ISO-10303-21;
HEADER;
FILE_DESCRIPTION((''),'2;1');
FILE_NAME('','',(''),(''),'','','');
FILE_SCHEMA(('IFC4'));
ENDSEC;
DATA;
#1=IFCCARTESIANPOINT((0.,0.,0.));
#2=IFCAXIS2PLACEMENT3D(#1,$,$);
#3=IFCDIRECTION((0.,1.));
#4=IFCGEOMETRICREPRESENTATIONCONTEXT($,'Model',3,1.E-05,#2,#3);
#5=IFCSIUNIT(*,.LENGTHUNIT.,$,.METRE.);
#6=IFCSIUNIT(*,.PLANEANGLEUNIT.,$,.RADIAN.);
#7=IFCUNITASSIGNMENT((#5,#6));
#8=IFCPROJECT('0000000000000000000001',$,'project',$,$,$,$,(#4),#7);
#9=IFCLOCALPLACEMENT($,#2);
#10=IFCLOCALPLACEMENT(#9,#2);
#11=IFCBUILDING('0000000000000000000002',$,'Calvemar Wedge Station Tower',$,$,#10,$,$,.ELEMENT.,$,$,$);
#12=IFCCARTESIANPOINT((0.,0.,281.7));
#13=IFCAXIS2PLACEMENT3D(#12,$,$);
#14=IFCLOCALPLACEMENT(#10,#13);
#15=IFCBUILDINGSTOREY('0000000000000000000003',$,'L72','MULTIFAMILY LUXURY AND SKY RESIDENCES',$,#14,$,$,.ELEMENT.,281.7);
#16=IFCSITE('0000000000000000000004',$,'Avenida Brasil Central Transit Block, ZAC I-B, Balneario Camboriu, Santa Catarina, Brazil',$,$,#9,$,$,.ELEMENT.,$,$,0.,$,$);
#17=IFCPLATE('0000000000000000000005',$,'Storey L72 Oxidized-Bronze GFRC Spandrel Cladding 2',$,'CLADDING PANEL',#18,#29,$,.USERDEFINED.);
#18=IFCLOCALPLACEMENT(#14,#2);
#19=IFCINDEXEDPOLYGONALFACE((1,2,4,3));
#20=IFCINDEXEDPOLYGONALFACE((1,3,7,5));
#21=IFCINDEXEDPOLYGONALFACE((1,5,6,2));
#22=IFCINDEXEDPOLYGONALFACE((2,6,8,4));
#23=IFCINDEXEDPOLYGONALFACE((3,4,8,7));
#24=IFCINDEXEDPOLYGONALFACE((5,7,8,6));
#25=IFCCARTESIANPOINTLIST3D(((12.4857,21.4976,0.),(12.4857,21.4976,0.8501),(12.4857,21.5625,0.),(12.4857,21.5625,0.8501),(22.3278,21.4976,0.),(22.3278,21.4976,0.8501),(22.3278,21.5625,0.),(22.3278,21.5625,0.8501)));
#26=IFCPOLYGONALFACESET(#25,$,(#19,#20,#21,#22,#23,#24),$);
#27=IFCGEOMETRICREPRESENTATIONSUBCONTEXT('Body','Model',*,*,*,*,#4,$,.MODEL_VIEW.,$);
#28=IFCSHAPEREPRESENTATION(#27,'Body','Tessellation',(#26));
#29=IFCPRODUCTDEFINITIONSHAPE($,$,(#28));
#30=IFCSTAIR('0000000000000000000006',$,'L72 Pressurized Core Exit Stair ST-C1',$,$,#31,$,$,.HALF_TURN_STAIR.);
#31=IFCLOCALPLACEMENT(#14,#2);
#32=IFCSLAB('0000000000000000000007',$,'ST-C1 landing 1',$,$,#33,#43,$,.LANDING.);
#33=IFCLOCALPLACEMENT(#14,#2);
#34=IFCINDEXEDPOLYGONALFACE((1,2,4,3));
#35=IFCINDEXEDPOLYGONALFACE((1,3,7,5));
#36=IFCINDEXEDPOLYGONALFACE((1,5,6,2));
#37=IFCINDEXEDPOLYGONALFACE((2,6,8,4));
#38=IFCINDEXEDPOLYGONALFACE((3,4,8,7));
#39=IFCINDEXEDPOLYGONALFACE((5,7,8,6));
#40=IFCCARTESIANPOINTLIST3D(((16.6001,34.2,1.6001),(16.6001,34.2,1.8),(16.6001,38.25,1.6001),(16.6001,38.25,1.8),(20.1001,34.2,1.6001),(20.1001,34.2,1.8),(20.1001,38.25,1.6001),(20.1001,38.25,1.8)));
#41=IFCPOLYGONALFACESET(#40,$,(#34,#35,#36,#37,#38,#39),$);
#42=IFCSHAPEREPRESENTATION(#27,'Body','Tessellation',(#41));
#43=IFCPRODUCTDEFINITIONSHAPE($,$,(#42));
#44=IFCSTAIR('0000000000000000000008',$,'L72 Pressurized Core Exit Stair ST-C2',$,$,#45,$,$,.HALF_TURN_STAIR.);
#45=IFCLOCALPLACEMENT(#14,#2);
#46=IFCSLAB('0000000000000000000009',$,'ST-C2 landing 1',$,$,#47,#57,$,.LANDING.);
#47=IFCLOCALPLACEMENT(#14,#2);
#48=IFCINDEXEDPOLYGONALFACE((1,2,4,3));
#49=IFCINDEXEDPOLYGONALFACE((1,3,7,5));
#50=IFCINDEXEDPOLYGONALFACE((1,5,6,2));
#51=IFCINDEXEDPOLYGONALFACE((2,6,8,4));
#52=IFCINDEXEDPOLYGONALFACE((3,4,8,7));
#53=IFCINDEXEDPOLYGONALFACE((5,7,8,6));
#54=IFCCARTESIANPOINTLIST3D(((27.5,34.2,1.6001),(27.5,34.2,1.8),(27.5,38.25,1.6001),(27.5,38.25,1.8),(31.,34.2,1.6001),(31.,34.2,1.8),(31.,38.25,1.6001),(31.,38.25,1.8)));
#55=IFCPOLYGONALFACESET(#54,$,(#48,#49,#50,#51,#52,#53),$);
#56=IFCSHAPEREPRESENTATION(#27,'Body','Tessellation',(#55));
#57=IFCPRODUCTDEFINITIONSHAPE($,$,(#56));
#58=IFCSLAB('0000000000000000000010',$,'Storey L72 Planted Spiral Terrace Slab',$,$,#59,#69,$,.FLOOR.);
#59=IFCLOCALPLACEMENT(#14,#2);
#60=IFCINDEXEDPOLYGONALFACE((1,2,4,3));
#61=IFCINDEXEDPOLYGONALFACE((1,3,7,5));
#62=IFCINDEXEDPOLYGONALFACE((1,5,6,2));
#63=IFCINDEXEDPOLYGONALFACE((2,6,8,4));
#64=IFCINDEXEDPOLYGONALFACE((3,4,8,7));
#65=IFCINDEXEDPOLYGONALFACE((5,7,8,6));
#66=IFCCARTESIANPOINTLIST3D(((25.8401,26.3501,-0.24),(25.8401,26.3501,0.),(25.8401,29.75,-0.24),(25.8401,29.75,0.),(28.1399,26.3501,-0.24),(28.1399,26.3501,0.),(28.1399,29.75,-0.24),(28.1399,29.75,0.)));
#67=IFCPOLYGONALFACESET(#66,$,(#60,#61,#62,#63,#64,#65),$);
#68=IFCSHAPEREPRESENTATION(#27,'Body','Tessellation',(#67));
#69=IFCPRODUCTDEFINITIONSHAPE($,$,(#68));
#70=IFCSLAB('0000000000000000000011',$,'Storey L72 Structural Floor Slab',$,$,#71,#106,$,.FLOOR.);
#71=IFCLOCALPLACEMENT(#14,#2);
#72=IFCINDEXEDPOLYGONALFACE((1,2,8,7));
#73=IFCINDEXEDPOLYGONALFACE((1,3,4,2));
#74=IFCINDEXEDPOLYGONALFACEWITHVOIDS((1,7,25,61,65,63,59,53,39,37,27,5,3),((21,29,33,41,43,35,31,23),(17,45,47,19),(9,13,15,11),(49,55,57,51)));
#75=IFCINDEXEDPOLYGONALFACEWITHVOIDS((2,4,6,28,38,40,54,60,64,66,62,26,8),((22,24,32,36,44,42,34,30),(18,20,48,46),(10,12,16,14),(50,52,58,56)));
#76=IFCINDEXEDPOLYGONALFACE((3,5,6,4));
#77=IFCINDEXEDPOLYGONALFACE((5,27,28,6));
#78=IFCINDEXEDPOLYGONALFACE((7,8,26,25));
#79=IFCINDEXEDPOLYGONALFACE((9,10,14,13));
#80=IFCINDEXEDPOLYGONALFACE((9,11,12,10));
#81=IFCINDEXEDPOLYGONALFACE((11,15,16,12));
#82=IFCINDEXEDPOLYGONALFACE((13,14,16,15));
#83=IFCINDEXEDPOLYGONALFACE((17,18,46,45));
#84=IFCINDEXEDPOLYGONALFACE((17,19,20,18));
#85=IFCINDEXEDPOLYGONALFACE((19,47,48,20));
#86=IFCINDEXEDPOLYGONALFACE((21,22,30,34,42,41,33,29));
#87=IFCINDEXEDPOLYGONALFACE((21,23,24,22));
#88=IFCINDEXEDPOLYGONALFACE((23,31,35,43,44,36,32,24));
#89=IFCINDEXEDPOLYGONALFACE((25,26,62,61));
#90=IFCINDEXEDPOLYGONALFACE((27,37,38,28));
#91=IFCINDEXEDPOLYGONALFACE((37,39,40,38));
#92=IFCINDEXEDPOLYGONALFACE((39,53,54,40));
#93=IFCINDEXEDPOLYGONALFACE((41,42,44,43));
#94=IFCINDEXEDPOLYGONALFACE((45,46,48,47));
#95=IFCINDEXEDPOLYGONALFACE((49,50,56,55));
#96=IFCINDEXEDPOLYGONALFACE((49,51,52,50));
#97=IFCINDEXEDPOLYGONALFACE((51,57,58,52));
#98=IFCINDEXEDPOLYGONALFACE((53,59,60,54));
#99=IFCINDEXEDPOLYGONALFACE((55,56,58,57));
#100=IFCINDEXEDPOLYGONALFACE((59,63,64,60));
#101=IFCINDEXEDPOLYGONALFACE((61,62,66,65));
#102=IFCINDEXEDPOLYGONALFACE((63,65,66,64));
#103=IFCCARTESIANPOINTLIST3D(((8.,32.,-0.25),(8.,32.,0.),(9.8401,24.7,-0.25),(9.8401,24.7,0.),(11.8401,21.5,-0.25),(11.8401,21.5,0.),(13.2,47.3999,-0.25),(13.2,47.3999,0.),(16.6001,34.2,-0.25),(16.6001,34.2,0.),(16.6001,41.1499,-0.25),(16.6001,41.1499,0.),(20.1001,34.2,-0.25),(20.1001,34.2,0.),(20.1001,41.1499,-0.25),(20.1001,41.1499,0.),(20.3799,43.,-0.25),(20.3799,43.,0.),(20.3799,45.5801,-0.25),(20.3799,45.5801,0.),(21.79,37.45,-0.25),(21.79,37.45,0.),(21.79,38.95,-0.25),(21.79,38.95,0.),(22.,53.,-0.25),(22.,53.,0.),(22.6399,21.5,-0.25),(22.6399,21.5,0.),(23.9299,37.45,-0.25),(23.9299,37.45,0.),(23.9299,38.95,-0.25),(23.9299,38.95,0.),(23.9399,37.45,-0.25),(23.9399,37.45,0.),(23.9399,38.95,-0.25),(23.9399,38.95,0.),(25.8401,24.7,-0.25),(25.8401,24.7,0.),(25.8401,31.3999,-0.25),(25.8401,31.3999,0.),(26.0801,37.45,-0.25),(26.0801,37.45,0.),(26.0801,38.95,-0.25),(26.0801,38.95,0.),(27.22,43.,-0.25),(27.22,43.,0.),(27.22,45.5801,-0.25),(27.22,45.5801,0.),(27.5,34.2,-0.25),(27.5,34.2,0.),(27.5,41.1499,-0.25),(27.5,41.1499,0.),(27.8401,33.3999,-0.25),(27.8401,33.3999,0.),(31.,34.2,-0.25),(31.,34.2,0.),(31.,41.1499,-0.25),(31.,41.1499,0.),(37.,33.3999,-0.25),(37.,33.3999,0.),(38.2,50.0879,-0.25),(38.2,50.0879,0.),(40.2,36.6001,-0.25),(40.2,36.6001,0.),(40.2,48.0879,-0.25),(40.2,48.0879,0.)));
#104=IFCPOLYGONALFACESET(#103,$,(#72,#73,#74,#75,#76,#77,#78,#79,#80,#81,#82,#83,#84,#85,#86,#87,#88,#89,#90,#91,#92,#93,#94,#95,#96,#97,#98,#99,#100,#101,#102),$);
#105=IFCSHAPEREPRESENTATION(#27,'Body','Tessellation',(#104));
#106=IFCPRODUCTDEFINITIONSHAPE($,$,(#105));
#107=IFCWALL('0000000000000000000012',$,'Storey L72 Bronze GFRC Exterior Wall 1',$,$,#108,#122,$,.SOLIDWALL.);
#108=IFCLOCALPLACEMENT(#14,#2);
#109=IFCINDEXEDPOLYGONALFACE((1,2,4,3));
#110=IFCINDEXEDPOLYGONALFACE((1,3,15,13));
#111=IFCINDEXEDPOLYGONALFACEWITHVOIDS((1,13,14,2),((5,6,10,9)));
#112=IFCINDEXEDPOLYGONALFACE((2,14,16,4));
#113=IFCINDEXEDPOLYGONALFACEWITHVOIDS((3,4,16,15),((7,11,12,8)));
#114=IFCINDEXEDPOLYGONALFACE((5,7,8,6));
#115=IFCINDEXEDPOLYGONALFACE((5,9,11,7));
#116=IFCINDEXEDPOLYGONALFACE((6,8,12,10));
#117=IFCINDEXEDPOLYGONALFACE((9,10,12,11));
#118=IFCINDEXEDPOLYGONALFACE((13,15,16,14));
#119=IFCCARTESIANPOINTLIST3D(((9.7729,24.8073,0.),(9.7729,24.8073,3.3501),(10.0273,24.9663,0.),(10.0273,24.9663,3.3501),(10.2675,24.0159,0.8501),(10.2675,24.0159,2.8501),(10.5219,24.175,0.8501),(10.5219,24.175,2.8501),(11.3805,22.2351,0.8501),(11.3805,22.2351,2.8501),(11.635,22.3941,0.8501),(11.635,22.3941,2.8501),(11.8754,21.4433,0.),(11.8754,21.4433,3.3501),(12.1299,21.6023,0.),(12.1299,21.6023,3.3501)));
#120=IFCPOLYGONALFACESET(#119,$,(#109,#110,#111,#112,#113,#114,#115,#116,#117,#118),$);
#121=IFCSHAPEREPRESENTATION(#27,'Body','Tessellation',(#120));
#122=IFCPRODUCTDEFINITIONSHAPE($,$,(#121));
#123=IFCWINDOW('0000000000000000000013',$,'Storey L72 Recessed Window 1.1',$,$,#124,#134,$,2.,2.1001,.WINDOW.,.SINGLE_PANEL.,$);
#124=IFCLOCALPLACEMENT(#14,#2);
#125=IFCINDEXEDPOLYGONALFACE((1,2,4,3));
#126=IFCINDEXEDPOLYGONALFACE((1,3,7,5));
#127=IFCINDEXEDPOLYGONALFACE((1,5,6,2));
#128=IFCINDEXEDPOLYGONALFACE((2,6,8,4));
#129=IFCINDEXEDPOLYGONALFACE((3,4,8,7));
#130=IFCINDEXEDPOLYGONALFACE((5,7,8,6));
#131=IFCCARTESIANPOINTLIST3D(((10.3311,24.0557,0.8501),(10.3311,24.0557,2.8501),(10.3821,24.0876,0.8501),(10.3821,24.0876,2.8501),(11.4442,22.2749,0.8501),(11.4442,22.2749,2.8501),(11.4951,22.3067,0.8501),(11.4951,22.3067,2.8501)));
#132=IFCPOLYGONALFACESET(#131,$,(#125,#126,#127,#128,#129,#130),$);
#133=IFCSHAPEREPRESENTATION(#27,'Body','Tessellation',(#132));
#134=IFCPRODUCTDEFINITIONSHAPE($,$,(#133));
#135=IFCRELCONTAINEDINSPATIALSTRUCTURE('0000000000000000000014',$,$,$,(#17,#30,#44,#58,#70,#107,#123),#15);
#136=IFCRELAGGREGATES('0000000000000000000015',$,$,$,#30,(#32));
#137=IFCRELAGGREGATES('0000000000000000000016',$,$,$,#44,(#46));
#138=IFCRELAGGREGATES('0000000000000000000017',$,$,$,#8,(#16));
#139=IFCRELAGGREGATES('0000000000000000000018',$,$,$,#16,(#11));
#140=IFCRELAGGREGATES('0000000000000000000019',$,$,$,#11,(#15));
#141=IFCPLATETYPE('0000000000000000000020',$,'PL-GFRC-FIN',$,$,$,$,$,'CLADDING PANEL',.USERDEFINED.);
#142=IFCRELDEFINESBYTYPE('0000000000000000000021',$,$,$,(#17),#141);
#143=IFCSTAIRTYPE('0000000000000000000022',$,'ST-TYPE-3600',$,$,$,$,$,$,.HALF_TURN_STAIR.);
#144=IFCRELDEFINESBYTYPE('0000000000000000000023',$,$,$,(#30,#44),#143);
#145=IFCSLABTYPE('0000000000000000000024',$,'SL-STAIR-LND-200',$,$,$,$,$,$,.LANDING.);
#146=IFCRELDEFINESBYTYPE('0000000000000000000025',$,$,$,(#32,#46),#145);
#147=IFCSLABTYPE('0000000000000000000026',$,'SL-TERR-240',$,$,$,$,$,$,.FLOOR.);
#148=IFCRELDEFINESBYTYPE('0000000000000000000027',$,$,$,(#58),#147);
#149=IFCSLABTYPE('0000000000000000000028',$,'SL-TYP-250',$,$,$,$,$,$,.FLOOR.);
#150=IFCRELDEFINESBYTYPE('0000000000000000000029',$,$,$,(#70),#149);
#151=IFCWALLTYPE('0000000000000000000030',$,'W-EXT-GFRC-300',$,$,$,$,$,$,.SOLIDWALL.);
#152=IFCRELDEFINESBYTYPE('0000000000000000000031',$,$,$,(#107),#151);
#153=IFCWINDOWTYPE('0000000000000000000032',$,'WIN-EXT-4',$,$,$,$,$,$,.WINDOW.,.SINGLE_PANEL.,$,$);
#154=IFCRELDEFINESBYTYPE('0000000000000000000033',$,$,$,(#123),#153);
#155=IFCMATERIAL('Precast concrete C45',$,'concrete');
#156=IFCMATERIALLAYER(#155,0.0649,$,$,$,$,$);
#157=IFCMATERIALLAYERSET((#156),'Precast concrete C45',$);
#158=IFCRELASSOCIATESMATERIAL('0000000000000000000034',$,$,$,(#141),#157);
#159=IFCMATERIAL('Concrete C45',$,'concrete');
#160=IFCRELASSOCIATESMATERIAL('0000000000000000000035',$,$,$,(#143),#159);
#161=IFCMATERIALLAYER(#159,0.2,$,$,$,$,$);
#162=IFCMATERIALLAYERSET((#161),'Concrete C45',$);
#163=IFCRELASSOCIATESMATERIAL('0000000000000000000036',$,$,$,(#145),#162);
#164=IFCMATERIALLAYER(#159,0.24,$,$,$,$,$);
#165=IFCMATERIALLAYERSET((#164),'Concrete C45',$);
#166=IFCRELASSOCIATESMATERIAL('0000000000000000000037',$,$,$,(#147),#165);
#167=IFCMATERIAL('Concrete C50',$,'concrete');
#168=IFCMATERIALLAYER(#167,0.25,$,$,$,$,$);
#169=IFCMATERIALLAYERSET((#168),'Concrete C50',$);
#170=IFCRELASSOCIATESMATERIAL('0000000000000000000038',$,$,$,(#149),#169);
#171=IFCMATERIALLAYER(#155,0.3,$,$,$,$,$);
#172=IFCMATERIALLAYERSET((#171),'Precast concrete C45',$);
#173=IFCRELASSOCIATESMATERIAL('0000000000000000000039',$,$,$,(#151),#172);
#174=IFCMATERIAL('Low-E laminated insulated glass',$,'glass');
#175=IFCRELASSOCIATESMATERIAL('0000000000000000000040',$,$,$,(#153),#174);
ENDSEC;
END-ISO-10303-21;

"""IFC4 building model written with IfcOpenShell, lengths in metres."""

from ifc_helpers import new_model, si_unit, direction, frame, frame_2d, origin, place, context, subcontext, project, spatial, polyline, rectangle, outline, extrude, source, transform, mapped, material, layer, layer_set, type_object, element, fill, aggregate, save


model = new_model("IFC4")

# Units and contexts
model_context = context("Model", 3, precision=1e-05, world=origin(), true_north=direction((0.0, 1.0)))
body_context = subcontext(model_context, "Body", "Model", "MODEL_VIEW")
ifc_project = project(units=[si_unit("LENGTHUNIT", "METRE"), si_unit("PLANEANGLEUNIT", "RADIAN")], contexts=[model_context])

# Site, building, storey
site_placement = place(None, origin())
site = spatial("IfcSite", under=ifc_project, at=site_placement, Name="Avenida Brasil Central Transit Block, ZAC I-B, Balneario Camboriu, Santa Catarina, Brazil", CompositionType="ELEMENT", RefElevation=0.0)
building_placement = place(site_placement, origin())
building = spatial("IfcBuilding", under=site, at=building_placement, Name="Calvemar Wedge Station Tower", CompositionType="ELEMENT")
storey_placement = place(building_placement, frame((0.0, 0.0, 281.7)))
storey = spatial("IfcBuildingStorey", under=building, at=storey_placement, Name="L72", Description="MULTIFAMILY LUXURY AND SKY RESIDENCES", CompositionType="ELEMENT", Elevation=281.7)

# Plate
ifc_material_1 = material(Name="Precast concrete C45", Category="concrete")
ifc_layer_1 = layer(ifc_material_1, 0.0649)
ifc_layer_set_1 = layer_set([ifc_layer_1], Name="Precast concrete C45")
plate_type = type_object("IfcPlateType", Name="PL-GFRC-FIN", ElementType="CLADDING PANEL", PredefinedType="USERDEFINED", material=ifc_layer_set_1)
plate_placement = place(storey_placement, frame((12.4858, 21.53, 0.0), z_axis=(0.0, 0.0, 1.0), x_axis=(1.0, 0.0, 0.0)))
element("IfcPlate", 1, at=plate_placement, inside=storey, type_object=plate_type, Name="Storey L72 Oxidized-Bronze GFRC Spandrel Cladding 2", ObjectType="CLADDING PANEL", PredefinedType="USERDEFINED", context=body_context, shape_type="SweptSolid", body=[
    extrude(rectangle(XDim=9.842, YDim=0.0649, at=frame_2d((4.9209, 0.0))), origin(), (0.0, 0.0, 1.0), 0.8501),
])

# Stairs, slabs
ifc_material_2 = material(Name="Concrete C45", Category="concrete")
stair_type = type_object("IfcStairType", Name="ST-TYPE-3600", PredefinedType="HALF_TURN_STAIR", material=ifc_material_2)
stair_1_placement = place(storey_placement, origin())
stair_1 = element("IfcStair", 2, at=stair_1_placement, inside=storey, type_object=stair_type, Name="L72 Pressurized Core Exit Stair ST-C1", PredefinedType="HALF_TURN_STAIR")
ifc_layer_2 = layer(ifc_material_2, 0.2)
ifc_layer_set_2 = layer_set([ifc_layer_2], Name="Concrete C45")
slab_type_1 = type_object("IfcSlabType", Name="SL-STAIR-LND-200", PredefinedType="LANDING", material=ifc_layer_set_2)
slab_1_placement = place(storey_placement, frame((0.0, 0.0, 1.6001)))
slab_1 = element("IfcSlab", 3, at=slab_1_placement, type_object=slab_type_1, Name="ST-C1 landing 1", PredefinedType="LANDING", context=body_context, shape_type="SweptSolid", body=[
    extrude(outline(polyline([(16.6001, 38.25), (16.6001, 34.2), (20.1001, 34.2), (20.1001, 38.25), (16.6001, 38.25)])), origin(), (0.0, 0.0, 1.0), 0.2),
])
aggregate(stair_1, [slab_1])
stair_2_placement = place(storey_placement, origin())
stair_2 = element("IfcStair", 4, at=stair_2_placement, inside=storey, type_object=stair_type, Name="L72 Pressurized Core Exit Stair ST-C2", PredefinedType="HALF_TURN_STAIR")
slab_2_placement = place(storey_placement, frame((0.0, 0.0, 1.6001)))
slab_2 = element("IfcSlab", 5, at=slab_2_placement, type_object=slab_type_1, Name="ST-C2 landing 1", PredefinedType="LANDING", context=body_context, shape_type="SweptSolid", body=[
    extrude(outline(polyline([(27.5, 38.25), (27.5, 34.2), (31.0, 34.2), (31.0, 38.25), (27.5, 38.25)])), origin(), (0.0, 0.0, 1.0), 0.2),
])
aggregate(stair_2, [slab_2])

# Slabs
ifc_layer_3 = layer(ifc_material_2, 0.24)
ifc_layer_set_3 = layer_set([ifc_layer_3], Name="Concrete C45")
slab_type_2 = type_object("IfcSlabType", Name="SL-TERR-240", PredefinedType="FLOOR", material=ifc_layer_set_3)
slab_3_placement = place(storey_placement, frame((0.0, 0.0, -0.24)))
element("IfcSlab", 6, at=slab_3_placement, inside=storey, type_object=slab_type_2, Name="Storey L72 Planted Spiral Terrace Slab", PredefinedType="FLOOR", context=body_context, shape_type="SweptSolid", body=[
    extrude(outline(polyline([(25.8401, 26.3501), (28.1399, 26.3501), (28.1399, 29.75), (25.8401, 29.75), (25.8401, 26.3501)])), origin(), (0.0, 0.0, 1.0), 0.24),
])
ifc_material_3 = material(Name="Concrete C50", Category="concrete")
ifc_layer_4 = layer(ifc_material_3, 0.25)
ifc_layer_set_4 = layer_set([ifc_layer_4], Name="Concrete C50")
slab_type_3 = type_object("IfcSlabType", Name="SL-TYP-250", PredefinedType="FLOOR", material=ifc_layer_set_4)
slab_4_placement = place(storey_placement, frame((0.0, 0.0, -0.25)))
element("IfcSlab", 7, at=slab_4_placement, inside=storey, type_object=slab_type_3, Name="Storey L72 Structural Floor Slab", PredefinedType="FLOOR", context=body_context, shape_type="SweptSolid", body=[
    extrude(outline(polyline([(8.0, 32.0), (9.8401, 24.7), (11.8401, 21.5), (22.6399, 21.5), (25.8401, 24.7), (25.8401, 31.3999), (27.8401, 33.3999), (37.0, 33.3999), (40.2, 36.6001), (40.2, 48.0879), (38.2, 50.0879), (22.0, 53.0), (13.2, 47.3999), (8.0, 32.0)]), holes=[polyline([(20.1001, 34.2), (20.1001, 41.1499), (16.6001, 41.1499), (16.6001, 34.2), (20.1001, 34.2)]), polyline([(31.0, 34.2), (31.0, 41.1499), (27.5, 41.1499), (27.5, 34.2), (31.0, 34.2)]), polyline([(23.9299, 38.95), (21.79, 38.95), (21.79, 37.45), (23.9299, 37.45), (23.9399, 37.45), (26.0801, 37.45), (26.0801, 38.95), (23.9399, 38.95), (23.9299, 38.95)]), polyline([(27.22, 43.0), (27.22, 45.5801), (20.3799, 45.5801), (20.3799, 43.0), (27.22, 43.0)])]), origin(), (0.0, 0.0, 1.0), 0.25),
])

# Wall, opening, window
ifc_layer_5 = layer(ifc_material_1, 0.3)
ifc_layer_set_5 = layer_set([ifc_layer_5], Name="Precast concrete C45")
wall_type_1 = type_object("IfcWallType", Name="W-EXT-GFRC-300", PredefinedType="SOLIDWALL", material=ifc_layer_set_5)
wall_1_placement = place(storey_placement, frame((9.9001, 24.8867, 0.0), z_axis=(0.0, 0.0, 1.0), x_axis=(0.530004, -0.847995, 0.0)))
wall_1 = element("IfcWall", 8, at=wall_1_placement, inside=storey, type_object=wall_type_1, Name="Storey L72 Bronze GFRC Exterior Wall 1", PredefinedType="SOLIDWALL", context=body_context, shape_type="SweptSolid", body=[
    extrude(rectangle(XDim=3.967, YDim=0.3, at=frame_2d((1.9834, 0.0))), origin(), (0.0, 0.0, 1.0), 3.3501),
])
shared_shape_1 = source(origin(), body_context, "Body", "SweptSolid", [
    extrude(rectangle(XDim=2.1001, YDim=2.0, at=frame_2d((1.05, 1.0))), frame((0.0, 0.1602, 0.0), z_axis=(0.0, -1.0, 0.0), x_axis=(1.0, 0.0, 0.0)), (0.0, 0.0, 1.0), 0.3201),
])
opening_1_placement = place(wall_1_placement, frame((0.9331, 0.0, 0.8501)))
opening_1 = element("IfcOpeningElement", 9, at=opening_1_placement, cuts=wall_1, PredefinedType="OPENING", context=body_context, shape_type="MappedRepresentation", body=[
    mapped(shared_shape_1, transform((0.0, 0.0, 0.0), scale=1.0)),
])
ifc_material_4 = material(Name="Low-E laminated insulated glass", Category="glass")
window_type_1 = type_object("IfcWindowType", Name="WIN-EXT-4", PartitioningType="SINGLE_PANEL", PredefinedType="WINDOW", material=ifc_material_4)
shared_shape_2 = source(origin(), body_context, "Body", "SweptSolid", [
    extrude(rectangle(XDim=2.1001, YDim=2.0, at=frame_2d((1.05, 1.0))), frame((0.0, -0.0149, 0.0), z_axis=(0.0, -1.0, 0.0), x_axis=(1.0, 0.0, 0.0)), (0.0, 0.0, 1.0), 0.0601),
])
window_1_placement = place(opening_1_placement, origin())
window_1 = element("IfcWindow", 10, at=window_1_placement, inside=storey, type_object=window_type_1, Name="Storey L72 Recessed Window 1.1", OverallHeight=2.0, OverallWidth=2.1001, PartitioningType="SINGLE_PANEL", PredefinedType="WINDOW", context=body_context, shape_type="MappedRepresentation", body=[
    mapped(shared_shape_2, transform((0.0, 0.0, 0.0), scale=1.0)),
])
fill(opening_1, window_1)

save(model, "model.ifc")
